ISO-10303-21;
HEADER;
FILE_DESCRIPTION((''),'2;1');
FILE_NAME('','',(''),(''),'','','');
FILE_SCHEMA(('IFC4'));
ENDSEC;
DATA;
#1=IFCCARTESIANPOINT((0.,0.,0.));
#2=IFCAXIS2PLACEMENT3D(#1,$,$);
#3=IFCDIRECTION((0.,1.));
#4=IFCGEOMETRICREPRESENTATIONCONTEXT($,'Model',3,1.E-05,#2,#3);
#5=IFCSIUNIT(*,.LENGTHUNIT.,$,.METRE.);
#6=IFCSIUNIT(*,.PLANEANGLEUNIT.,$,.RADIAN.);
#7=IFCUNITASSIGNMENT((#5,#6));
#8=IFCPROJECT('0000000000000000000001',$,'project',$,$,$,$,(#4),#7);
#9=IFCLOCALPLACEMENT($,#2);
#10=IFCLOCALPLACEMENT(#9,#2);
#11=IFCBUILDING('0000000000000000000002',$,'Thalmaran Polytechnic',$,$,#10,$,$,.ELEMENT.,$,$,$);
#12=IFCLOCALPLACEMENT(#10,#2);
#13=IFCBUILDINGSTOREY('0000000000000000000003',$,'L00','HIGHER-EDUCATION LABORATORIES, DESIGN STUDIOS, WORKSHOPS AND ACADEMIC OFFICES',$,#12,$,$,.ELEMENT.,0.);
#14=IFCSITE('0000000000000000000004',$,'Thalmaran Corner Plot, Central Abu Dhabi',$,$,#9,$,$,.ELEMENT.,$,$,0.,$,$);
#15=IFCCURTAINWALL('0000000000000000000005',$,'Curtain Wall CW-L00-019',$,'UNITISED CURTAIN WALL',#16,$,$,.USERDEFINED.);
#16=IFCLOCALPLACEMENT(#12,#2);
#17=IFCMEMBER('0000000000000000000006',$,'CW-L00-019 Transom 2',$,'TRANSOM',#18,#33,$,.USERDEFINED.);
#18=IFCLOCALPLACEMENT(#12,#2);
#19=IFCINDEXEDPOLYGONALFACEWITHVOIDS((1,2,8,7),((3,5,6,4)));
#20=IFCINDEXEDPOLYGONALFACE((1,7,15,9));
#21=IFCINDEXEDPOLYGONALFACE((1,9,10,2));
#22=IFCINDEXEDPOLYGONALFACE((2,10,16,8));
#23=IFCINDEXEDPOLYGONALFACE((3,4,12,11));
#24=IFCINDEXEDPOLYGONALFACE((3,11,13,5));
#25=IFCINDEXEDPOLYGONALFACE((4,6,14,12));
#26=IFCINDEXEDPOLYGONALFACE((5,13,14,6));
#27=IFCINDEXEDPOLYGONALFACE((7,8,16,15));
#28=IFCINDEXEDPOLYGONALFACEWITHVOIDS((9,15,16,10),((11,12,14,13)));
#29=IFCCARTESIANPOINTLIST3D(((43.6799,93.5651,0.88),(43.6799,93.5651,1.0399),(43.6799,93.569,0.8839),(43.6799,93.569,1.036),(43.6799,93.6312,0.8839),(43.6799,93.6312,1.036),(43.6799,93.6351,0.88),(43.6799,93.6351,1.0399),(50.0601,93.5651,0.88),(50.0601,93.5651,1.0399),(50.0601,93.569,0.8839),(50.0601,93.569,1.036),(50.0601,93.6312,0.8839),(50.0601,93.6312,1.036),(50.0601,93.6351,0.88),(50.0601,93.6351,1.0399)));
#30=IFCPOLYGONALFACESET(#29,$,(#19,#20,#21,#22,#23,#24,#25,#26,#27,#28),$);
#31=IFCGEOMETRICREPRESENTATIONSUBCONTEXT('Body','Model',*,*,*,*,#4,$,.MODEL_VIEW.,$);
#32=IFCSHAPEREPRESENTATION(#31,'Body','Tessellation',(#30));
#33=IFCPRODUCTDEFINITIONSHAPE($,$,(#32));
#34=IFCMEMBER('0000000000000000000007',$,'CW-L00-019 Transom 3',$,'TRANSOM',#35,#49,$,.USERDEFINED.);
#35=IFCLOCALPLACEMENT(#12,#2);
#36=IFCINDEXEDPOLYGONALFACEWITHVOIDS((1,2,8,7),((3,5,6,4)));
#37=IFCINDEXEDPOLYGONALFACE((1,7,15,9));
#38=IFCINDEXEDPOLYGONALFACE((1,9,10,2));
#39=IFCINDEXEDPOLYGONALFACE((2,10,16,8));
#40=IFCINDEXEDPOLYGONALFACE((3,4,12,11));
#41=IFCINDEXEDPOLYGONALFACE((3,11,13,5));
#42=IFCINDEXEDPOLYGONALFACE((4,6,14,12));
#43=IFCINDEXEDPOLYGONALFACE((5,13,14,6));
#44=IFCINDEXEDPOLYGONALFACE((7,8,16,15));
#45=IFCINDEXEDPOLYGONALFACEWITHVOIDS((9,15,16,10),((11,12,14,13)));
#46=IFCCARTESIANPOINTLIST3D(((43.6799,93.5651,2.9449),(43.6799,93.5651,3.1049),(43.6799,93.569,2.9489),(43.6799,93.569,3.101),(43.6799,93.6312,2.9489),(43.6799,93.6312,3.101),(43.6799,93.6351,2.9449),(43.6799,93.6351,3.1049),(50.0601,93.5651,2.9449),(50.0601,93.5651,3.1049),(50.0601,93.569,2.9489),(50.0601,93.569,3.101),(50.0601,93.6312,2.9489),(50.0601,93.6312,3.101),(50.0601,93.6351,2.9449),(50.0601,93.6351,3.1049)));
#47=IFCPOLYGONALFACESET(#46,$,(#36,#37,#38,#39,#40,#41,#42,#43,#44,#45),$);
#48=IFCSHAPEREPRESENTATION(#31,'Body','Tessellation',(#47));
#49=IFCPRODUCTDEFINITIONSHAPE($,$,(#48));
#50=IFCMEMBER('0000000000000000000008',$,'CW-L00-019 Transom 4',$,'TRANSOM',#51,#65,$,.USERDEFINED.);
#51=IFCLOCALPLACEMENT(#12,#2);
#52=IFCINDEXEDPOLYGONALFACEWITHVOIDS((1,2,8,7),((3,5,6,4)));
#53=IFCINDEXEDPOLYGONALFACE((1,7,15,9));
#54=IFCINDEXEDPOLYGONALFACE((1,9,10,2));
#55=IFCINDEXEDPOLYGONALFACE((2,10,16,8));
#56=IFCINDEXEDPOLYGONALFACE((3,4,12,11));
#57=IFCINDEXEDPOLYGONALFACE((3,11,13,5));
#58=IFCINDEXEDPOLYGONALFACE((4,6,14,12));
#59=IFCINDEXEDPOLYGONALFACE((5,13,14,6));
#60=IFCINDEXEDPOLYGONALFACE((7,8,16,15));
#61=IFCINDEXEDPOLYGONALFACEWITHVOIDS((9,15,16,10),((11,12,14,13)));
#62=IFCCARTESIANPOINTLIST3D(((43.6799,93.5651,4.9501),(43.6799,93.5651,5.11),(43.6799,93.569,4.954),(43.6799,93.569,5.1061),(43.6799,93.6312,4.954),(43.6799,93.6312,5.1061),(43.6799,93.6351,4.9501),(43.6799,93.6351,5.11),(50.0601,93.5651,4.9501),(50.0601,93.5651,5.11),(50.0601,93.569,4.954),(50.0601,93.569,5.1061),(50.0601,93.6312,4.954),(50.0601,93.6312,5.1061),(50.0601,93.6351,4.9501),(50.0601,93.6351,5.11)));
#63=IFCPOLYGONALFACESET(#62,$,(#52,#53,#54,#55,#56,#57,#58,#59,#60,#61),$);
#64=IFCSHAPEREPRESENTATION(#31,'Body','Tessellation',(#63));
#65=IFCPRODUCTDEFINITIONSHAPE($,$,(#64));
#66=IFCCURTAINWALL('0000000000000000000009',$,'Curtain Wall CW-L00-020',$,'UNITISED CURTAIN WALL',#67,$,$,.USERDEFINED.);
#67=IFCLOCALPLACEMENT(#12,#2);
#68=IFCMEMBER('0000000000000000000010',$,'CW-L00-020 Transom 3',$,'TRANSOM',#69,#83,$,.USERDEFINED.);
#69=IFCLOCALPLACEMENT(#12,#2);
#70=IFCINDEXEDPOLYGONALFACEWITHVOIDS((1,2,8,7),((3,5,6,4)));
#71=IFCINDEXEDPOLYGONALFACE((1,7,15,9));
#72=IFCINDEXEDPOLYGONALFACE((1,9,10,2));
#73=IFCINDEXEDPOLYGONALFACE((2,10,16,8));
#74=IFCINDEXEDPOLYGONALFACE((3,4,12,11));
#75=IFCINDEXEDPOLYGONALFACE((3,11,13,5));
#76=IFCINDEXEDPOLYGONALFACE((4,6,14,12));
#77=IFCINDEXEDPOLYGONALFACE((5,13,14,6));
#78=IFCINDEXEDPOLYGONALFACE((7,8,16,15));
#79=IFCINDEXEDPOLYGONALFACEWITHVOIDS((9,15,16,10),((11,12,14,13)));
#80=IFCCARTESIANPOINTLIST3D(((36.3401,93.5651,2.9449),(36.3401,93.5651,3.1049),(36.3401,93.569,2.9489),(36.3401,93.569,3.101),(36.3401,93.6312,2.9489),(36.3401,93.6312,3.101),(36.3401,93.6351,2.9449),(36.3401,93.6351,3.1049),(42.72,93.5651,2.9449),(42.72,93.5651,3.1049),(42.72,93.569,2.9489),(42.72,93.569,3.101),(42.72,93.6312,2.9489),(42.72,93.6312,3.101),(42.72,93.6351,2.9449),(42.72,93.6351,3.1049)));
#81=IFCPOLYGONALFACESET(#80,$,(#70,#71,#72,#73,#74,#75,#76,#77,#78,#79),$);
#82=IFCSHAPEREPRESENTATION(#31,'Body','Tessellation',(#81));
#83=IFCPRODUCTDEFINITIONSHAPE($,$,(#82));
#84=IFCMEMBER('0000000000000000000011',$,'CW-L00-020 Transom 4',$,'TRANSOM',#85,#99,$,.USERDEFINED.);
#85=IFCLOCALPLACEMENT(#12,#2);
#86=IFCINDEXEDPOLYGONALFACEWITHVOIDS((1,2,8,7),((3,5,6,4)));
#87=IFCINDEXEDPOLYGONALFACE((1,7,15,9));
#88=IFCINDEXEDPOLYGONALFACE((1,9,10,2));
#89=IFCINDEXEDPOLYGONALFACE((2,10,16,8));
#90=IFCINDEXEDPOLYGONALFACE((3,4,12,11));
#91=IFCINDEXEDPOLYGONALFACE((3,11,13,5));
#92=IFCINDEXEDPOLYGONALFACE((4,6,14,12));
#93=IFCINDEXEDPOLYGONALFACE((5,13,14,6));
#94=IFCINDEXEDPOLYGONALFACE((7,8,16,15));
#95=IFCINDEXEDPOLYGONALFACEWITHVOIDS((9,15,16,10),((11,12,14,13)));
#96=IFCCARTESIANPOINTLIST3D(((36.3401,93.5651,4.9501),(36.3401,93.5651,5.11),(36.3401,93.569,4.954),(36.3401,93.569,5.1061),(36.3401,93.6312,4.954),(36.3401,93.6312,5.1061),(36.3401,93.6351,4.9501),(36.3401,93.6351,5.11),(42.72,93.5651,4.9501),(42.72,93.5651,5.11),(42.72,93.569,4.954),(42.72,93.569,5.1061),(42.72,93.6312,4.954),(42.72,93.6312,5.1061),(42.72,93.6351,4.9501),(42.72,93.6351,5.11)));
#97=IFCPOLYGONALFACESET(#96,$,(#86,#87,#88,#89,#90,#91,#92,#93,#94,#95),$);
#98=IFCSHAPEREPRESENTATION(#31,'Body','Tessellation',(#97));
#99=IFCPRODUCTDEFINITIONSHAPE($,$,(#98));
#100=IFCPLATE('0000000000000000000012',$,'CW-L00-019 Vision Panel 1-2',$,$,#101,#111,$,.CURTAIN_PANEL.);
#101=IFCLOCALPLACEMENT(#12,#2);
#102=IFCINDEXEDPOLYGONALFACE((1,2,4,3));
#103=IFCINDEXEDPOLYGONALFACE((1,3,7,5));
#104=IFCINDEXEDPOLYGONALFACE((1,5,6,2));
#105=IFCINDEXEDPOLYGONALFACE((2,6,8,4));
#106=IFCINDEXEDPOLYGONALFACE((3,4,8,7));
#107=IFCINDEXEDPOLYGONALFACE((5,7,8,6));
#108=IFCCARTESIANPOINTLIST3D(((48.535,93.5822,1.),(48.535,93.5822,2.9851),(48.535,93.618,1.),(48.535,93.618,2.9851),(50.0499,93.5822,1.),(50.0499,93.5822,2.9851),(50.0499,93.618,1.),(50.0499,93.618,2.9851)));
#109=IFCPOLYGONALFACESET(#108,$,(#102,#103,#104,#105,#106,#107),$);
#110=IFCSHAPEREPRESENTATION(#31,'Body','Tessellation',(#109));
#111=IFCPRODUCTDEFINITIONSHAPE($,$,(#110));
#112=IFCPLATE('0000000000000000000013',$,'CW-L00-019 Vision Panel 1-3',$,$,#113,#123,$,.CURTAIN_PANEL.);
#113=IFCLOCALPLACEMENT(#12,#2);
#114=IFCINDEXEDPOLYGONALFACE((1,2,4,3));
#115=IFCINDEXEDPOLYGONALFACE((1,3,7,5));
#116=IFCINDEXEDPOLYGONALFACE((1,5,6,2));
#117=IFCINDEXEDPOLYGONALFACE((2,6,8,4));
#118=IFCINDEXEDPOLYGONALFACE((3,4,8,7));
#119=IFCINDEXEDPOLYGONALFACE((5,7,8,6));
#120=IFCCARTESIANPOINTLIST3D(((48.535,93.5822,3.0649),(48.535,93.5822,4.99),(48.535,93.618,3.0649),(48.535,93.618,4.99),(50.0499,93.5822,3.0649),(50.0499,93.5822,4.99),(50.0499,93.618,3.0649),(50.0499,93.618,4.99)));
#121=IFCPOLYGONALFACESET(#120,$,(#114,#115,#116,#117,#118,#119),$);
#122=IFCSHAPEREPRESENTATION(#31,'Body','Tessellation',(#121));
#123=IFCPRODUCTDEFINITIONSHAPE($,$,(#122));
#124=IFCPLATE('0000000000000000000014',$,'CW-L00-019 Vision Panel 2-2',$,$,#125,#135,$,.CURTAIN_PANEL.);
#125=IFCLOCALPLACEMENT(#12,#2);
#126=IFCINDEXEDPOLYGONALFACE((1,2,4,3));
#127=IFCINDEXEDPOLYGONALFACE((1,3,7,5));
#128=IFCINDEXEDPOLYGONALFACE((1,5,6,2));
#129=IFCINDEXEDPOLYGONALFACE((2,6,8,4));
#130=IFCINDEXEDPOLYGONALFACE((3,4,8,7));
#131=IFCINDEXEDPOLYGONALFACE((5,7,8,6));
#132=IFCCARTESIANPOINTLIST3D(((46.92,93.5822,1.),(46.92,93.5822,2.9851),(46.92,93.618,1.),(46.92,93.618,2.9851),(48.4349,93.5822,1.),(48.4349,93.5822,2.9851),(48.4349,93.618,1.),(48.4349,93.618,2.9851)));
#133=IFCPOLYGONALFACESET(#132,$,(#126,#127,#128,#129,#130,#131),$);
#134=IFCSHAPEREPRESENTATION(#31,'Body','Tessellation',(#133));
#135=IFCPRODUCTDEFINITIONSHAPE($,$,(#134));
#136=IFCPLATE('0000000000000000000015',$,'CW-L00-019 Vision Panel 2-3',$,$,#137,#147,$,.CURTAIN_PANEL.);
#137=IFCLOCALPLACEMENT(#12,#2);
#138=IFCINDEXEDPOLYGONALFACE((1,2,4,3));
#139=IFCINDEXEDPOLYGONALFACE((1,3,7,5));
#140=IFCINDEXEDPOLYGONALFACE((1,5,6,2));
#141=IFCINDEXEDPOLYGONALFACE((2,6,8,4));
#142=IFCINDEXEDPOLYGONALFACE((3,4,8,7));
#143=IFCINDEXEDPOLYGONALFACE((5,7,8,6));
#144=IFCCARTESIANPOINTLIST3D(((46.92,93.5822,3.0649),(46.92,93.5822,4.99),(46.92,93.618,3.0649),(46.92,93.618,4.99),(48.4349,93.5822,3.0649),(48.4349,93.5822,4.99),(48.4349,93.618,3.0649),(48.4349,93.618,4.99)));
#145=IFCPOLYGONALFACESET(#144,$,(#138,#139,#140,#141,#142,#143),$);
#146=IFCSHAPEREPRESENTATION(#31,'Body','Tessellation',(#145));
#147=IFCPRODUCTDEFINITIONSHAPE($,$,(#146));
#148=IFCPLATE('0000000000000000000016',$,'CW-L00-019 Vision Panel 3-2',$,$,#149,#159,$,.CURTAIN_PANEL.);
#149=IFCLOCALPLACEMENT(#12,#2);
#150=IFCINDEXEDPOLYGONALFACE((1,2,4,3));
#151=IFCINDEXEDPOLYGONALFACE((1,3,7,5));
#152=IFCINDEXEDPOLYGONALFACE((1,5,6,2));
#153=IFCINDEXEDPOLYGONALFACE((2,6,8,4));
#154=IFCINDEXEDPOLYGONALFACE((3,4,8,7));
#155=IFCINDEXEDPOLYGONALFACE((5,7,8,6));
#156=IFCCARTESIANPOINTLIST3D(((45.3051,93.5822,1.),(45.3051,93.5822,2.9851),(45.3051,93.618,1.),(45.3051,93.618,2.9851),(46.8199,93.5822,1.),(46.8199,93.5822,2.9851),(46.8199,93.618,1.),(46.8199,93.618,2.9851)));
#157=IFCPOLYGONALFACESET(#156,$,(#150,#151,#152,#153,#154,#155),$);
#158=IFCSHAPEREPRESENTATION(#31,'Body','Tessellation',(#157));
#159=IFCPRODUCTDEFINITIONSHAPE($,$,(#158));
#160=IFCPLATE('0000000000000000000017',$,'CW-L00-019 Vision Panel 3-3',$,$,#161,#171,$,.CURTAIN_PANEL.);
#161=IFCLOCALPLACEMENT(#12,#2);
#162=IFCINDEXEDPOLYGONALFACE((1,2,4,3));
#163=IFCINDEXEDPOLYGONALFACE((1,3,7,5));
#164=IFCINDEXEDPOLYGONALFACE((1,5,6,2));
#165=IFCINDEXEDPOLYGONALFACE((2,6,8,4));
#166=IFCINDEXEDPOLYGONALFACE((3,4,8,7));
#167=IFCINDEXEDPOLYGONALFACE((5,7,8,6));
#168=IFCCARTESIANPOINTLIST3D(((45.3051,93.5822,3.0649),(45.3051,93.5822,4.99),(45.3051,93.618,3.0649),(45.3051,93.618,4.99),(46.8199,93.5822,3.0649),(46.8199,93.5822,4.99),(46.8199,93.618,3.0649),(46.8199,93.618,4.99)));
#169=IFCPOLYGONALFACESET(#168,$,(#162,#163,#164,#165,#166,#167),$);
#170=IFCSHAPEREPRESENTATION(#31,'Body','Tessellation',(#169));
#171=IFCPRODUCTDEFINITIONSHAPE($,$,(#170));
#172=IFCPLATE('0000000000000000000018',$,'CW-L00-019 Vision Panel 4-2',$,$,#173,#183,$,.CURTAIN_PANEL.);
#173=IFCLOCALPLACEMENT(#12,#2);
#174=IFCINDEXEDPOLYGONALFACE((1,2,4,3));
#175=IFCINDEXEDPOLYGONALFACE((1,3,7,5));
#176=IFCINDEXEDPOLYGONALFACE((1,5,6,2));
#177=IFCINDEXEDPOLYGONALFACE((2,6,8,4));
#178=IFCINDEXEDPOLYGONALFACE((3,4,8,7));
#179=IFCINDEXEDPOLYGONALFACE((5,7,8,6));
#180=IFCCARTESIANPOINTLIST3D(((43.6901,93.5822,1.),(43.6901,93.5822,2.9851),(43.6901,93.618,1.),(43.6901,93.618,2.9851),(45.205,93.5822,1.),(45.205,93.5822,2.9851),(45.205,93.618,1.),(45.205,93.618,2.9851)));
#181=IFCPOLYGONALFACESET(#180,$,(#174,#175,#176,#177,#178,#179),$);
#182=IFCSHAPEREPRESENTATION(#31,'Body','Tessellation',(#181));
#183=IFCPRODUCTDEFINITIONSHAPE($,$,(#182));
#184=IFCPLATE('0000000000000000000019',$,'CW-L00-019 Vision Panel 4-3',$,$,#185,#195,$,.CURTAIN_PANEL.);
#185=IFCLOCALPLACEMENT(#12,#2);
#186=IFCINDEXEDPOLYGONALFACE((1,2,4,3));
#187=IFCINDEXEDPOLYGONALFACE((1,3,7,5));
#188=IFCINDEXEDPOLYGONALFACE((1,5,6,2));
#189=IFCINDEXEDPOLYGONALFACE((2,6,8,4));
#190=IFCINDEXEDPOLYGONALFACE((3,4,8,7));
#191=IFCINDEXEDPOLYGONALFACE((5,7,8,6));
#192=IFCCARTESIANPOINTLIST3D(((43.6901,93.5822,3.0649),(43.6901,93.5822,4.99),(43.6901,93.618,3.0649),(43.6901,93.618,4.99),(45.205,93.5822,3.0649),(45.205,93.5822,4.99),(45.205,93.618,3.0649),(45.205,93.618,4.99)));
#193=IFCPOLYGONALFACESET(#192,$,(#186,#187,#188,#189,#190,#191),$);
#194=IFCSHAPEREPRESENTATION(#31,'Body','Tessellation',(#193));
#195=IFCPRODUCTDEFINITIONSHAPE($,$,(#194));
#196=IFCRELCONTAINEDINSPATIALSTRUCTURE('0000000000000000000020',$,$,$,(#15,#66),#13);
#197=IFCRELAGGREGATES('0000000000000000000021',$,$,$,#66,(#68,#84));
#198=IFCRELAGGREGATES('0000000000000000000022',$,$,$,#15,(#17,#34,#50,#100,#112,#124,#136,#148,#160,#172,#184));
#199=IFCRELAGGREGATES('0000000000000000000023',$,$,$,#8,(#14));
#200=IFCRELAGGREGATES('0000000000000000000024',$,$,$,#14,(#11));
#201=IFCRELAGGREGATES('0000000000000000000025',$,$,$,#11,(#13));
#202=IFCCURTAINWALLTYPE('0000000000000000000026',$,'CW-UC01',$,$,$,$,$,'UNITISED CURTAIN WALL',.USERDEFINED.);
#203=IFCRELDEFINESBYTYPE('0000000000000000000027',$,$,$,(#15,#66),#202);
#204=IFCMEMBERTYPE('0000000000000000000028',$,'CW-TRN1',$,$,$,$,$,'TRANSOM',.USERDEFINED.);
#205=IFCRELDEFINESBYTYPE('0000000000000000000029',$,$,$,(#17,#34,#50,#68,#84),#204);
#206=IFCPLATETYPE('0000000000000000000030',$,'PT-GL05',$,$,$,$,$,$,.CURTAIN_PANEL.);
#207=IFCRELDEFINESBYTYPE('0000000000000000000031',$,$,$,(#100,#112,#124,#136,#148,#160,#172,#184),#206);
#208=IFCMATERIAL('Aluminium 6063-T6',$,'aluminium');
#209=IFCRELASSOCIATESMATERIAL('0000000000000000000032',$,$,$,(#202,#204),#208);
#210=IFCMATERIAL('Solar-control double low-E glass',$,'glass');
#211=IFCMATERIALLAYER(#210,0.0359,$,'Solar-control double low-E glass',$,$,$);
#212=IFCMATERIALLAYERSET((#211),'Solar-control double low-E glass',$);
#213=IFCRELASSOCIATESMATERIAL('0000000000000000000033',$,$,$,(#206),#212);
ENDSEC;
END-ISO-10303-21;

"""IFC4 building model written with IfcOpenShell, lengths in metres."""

from ifc_helpers import new_model, si_unit, direction, frame, origin, origin_2d, place, context, subcontext, project, spatial, rectangle, hollow_rectangle, extrude, material, layer, layer_set, material_profile, profile_set, type_object, element, aggregate, save


model = new_model("IFC4")

# Units and contexts
model_context = context("Model", 3, precision=1e-05, world=origin(), true_north=direction((0.0, 1.0)))
body_context = subcontext(model_context, "Body", "Model", "MODEL_VIEW")
ifc_project = project(units=[si_unit("LENGTHUNIT", "METRE"), si_unit("PLANEANGLEUNIT", "RADIAN")], contexts=[model_context])

# Site, building, storey
site_placement = place(None, origin())
site = spatial("IfcSite", under=ifc_project, at=site_placement, Name="Thalmaran Corner Plot, Central Abu Dhabi", CompositionType="ELEMENT", RefElevation=0.0)
building_placement = place(site_placement, origin())
building = spatial("IfcBuilding", under=site, at=building_placement, Name="Thalmaran Polytechnic", CompositionType="ELEMENT")
storey_placement = place(building_placement, origin())
storey = spatial("IfcBuildingStorey", under=building, at=storey_placement, Name="L00", Description="HIGHER-EDUCATION LABORATORIES, DESIGN STUDIOS, WORKSHOPS AND ACADEMIC OFFICES", CompositionType="ELEMENT", Elevation=0.0)

# Shared definitions
ifc_material_1 = material(Name="Aluminium 6063-T6", Category="aluminium")
curtain_wall_type = type_object("IfcCurtainWallType", Name="CW-UC01", ElementType="UNITISED CURTAIN WALL", PredefinedType="USERDEFINED", material=ifc_material_1)

# Curtain walls, members
curtain_wall_1_placement = place(storey_placement, origin())
curtain_wall_1 = element("IfcCurtainWall", 1, at=curtain_wall_1_placement, inside=storey, type_object=curtain_wall_type, Name="Curtain Wall CW-L00-019", ObjectType="UNITISED CURTAIN WALL", PredefinedType="USERDEFINED")
ifc_material_profile_1 = material_profile(ifc_material_1, hollow_rectangle(XDim=0.0701, YDim=0.1599, WallThickness=0.0039, at=origin_2d()), Name="AL 160x70x4.0")
ifc_profile_set_1 = profile_set([ifc_material_profile_1], Name="Aluminium 6063-T6")
member_type_1 = type_object("IfcMemberType", Name="CW-TRN1", ElementType="TRANSOM", PredefinedType="USERDEFINED", material=ifc_profile_set_1)
member_1_placement = place(storey_placement, frame((50.0601, 93.6001, 0.96), z_axis=(-1.0, 0.0, 0.0), x_axis=(0.0, -1.0, 0.0)))
member_1 = element("IfcMember", 2, at=member_1_placement, type_object=member_type_1, Name="CW-L00-019 Transom 2", ObjectType="TRANSOM", PredefinedType="USERDEFINED", context=body_context, shape_type="SweptSolid", body=[
    extrude(hollow_rectangle(XDim=0.0701, YDim=0.1599, WallThickness=0.0039, at=origin_2d()), origin(), (0.0, 0.0, 1.0), 6.3801),
])
member_2_placement = place(storey_placement, frame((50.0601, 93.6001, 3.0249), z_axis=(-1.0, 0.0, 0.0), x_axis=(0.0, -1.0, 0.0)))
member_2 = element("IfcMember", 3, at=member_2_placement, type_object=member_type_1, Name="CW-L00-019 Transom 3", ObjectType="TRANSOM", PredefinedType="USERDEFINED", context=body_context, shape_type="SweptSolid", body=[
    extrude(hollow_rectangle(XDim=0.0701, YDim=0.1599, WallThickness=0.0039, at=origin_2d()), origin(), (0.0, 0.0, 1.0), 6.3801),
])
member_3_placement = place(storey_placement, frame((50.0601, 93.6001, 5.03), z_axis=(-1.0, 0.0, 0.0), x_axis=(0.0, -1.0, 0.0)))
member_3 = element("IfcMember", 4, at=member_3_placement, type_object=member_type_1, Name="CW-L00-019 Transom 4", ObjectType="TRANSOM", PredefinedType="USERDEFINED", context=body_context, shape_type="SweptSolid", body=[
    extrude(hollow_rectangle(XDim=0.0701, YDim=0.1599, WallThickness=0.0039, at=origin_2d()), origin(), (0.0, 0.0, 1.0), 6.3801),
])
curtain_wall_2_placement = place(storey_placement, origin())
curtain_wall_2 = element("IfcCurtainWall", 5, at=curtain_wall_2_placement, inside=storey, type_object=curtain_wall_type, Name="Curtain Wall CW-L00-020", ObjectType="UNITISED CURTAIN WALL", PredefinedType="USERDEFINED")
member_4_placement = place(storey_placement, frame((42.72, 93.6001, 3.0249), z_axis=(-1.0, 0.0, 0.0), x_axis=(0.0, -1.0, 0.0)))
member_4 = element("IfcMember", 6, at=member_4_placement, type_object=member_type_1, Name="CW-L00-020 Transom 3", ObjectType="TRANSOM", PredefinedType="USERDEFINED", context=body_context, shape_type="SweptSolid", body=[
    extrude(hollow_rectangle(XDim=0.0701, YDim=0.1599, WallThickness=0.0039, at=origin_2d()), origin(), (0.0, 0.0, 1.0), 6.3799),
])
member_5_placement = place(storey_placement, frame((42.72, 93.6001, 5.03), z_axis=(-1.0, 0.0, 0.0), x_axis=(0.0, -1.0, 0.0)))
member_5 = element("IfcMember", 7, at=member_5_placement, type_object=member_type_1, Name="CW-L00-020 Transom 4", ObjectType="TRANSOM", PredefinedType="USERDEFINED", context=body_context, shape_type="SweptSolid", body=[
    extrude(hollow_rectangle(XDim=0.0701, YDim=0.1599, WallThickness=0.0039, at=origin_2d()), origin(), (0.0, 0.0, 1.0), 6.3799),
])
aggregate(curtain_wall_2, [member_4, member_5])

# Plates
ifc_material_2 = material(Name="Solar-control double low-E glass", Category="glass")
ifc_layer_1 = layer(ifc_material_2, 0.0359, Name="Solar-control double low-E glass")
ifc_layer_set_1 = layer_set([ifc_layer_1], Name="Solar-control double low-E glass")
plate_type_1 = type_object("IfcPlateType", Name="PT-GL05", PredefinedType="CURTAIN_PANEL", material=ifc_layer_set_1)
plate_1_placement = place(storey_placement, frame((49.2925, 93.6001, 1.0), z_axis=(0.0, 0.0, 1.0), x_axis=(-1.0, 0.0, 0.0)))
plate_1 = element("IfcPlate", 8, at=plate_1_placement, type_object=plate_type_1, Name="CW-L00-019 Vision Panel 1-2", PredefinedType="CURTAIN_PANEL", context=body_context, shape_type="SweptSolid", body=[
    extrude(rectangle(XDim=1.5149, YDim=0.0359, at=origin_2d()), origin(), (0.0, 0.0, 1.0), 1.9851),
])
plate_2_placement = place(storey_placement, frame((49.2925, 93.6001, 3.0649), z_axis=(0.0, 0.0, 1.0), x_axis=(-1.0, 0.0, 0.0)))
plate_2 = element("IfcPlate", 9, at=plate_2_placement, type_object=plate_type_1, Name="CW-L00-019 Vision Panel 1-3", PredefinedType="CURTAIN_PANEL", context=body_context, shape_type="SweptSolid", body=[
    extrude(rectangle(XDim=1.5149, YDim=0.0359, at=origin_2d()), origin(), (0.0, 0.0, 1.0), 1.925),
])
plate_3_placement = place(storey_placement, frame((47.6775, 93.6001, 1.0), z_axis=(0.0, 0.0, 1.0), x_axis=(-1.0, 0.0, 0.0)))
plate_3 = element("IfcPlate", 10, at=plate_3_placement, type_object=plate_type_1, Name="CW-L00-019 Vision Panel 2-2", PredefinedType="CURTAIN_PANEL", context=body_context, shape_type="SweptSolid", body=[
    extrude(rectangle(XDim=1.5149, YDim=0.0359, at=origin_2d()), origin(), (0.0, 0.0, 1.0), 1.9851),
])
plate_4_placement = place(storey_placement, frame((47.6775, 93.6001, 3.0649), z_axis=(0.0, 0.0, 1.0), x_axis=(-1.0, 0.0, 0.0)))
plate_4 = element("IfcPlate", 11, at=plate_4_placement, type_object=plate_type_1, Name="CW-L00-019 Vision Panel 2-3", PredefinedType="CURTAIN_PANEL", context=body_context, shape_type="SweptSolid", body=[
    extrude(rectangle(XDim=1.5149, YDim=0.0359, at=origin_2d()), origin(), (0.0, 0.0, 1.0), 1.925),
])
plate_5_placement = place(storey_placement, frame((46.0625, 93.6001, 1.0), z_axis=(0.0, 0.0, 1.0), x_axis=(-1.0, 0.0, 0.0)))
plate_5 = element("IfcPlate", 12, at=plate_5_placement, type_object=plate_type_1, Name="CW-L00-019 Vision Panel 3-2", PredefinedType="CURTAIN_PANEL", context=body_context, shape_type="SweptSolid", body=[
    extrude(rectangle(XDim=1.5149, YDim=0.0359, at=origin_2d()), origin(), (0.0, 0.0, 1.0), 1.9851),
])
plate_6_placement = place(storey_placement, frame((46.0625, 93.6001, 3.0649), z_axis=(0.0, 0.0, 1.0), x_axis=(-1.0, 0.0, 0.0)))
plate_6 = element("IfcPlate", 13, at=plate_6_placement, type_object=plate_type_1, Name="CW-L00-019 Vision Panel 3-3", PredefinedType="CURTAIN_PANEL", context=body_context, shape_type="SweptSolid", body=[
    extrude(rectangle(XDim=1.5149, YDim=0.0359, at=origin_2d()), origin(), (0.0, 0.0, 1.0), 1.925),
])
plate_7_placement = place(storey_placement, frame((44.4475, 93.6001, 1.0), z_axis=(0.0, 0.0, 1.0), x_axis=(-1.0, 0.0, 0.0)))
plate_7 = element("IfcPlate", 14, at=plate_7_placement, type_object=plate_type_1, Name="CW-L00-019 Vision Panel 4-2", PredefinedType="CURTAIN_PANEL", context=body_context, shape_type="SweptSolid", body=[
    extrude(rectangle(XDim=1.5149, YDim=0.0359, at=origin_2d()), origin(), (0.0, 0.0, 1.0), 1.9851),
])
plate_8_placement = place(storey_placement, frame((44.4475, 93.6001, 3.0649), z_axis=(0.0, 0.0, 1.0), x_axis=(-1.0, 0.0, 0.0)))
plate_8 = element("IfcPlate", 15, at=plate_8_placement, type_object=plate_type_1, Name="CW-L00-019 Vision Panel 4-3", PredefinedType="CURTAIN_PANEL", context=body_context, shape_type="SweptSolid", body=[
    extrude(rectangle(XDim=1.5149, YDim=0.0359, at=origin_2d()), origin(), (0.0, 0.0, 1.0), 1.925),
])
aggregate(curtain_wall_1, [member_1, member_2, member_3, plate_1, plate_2, plate_3, plate_4, plate_5, plate_6, plate_7, plate_8])

save(model, "model.ifc")
